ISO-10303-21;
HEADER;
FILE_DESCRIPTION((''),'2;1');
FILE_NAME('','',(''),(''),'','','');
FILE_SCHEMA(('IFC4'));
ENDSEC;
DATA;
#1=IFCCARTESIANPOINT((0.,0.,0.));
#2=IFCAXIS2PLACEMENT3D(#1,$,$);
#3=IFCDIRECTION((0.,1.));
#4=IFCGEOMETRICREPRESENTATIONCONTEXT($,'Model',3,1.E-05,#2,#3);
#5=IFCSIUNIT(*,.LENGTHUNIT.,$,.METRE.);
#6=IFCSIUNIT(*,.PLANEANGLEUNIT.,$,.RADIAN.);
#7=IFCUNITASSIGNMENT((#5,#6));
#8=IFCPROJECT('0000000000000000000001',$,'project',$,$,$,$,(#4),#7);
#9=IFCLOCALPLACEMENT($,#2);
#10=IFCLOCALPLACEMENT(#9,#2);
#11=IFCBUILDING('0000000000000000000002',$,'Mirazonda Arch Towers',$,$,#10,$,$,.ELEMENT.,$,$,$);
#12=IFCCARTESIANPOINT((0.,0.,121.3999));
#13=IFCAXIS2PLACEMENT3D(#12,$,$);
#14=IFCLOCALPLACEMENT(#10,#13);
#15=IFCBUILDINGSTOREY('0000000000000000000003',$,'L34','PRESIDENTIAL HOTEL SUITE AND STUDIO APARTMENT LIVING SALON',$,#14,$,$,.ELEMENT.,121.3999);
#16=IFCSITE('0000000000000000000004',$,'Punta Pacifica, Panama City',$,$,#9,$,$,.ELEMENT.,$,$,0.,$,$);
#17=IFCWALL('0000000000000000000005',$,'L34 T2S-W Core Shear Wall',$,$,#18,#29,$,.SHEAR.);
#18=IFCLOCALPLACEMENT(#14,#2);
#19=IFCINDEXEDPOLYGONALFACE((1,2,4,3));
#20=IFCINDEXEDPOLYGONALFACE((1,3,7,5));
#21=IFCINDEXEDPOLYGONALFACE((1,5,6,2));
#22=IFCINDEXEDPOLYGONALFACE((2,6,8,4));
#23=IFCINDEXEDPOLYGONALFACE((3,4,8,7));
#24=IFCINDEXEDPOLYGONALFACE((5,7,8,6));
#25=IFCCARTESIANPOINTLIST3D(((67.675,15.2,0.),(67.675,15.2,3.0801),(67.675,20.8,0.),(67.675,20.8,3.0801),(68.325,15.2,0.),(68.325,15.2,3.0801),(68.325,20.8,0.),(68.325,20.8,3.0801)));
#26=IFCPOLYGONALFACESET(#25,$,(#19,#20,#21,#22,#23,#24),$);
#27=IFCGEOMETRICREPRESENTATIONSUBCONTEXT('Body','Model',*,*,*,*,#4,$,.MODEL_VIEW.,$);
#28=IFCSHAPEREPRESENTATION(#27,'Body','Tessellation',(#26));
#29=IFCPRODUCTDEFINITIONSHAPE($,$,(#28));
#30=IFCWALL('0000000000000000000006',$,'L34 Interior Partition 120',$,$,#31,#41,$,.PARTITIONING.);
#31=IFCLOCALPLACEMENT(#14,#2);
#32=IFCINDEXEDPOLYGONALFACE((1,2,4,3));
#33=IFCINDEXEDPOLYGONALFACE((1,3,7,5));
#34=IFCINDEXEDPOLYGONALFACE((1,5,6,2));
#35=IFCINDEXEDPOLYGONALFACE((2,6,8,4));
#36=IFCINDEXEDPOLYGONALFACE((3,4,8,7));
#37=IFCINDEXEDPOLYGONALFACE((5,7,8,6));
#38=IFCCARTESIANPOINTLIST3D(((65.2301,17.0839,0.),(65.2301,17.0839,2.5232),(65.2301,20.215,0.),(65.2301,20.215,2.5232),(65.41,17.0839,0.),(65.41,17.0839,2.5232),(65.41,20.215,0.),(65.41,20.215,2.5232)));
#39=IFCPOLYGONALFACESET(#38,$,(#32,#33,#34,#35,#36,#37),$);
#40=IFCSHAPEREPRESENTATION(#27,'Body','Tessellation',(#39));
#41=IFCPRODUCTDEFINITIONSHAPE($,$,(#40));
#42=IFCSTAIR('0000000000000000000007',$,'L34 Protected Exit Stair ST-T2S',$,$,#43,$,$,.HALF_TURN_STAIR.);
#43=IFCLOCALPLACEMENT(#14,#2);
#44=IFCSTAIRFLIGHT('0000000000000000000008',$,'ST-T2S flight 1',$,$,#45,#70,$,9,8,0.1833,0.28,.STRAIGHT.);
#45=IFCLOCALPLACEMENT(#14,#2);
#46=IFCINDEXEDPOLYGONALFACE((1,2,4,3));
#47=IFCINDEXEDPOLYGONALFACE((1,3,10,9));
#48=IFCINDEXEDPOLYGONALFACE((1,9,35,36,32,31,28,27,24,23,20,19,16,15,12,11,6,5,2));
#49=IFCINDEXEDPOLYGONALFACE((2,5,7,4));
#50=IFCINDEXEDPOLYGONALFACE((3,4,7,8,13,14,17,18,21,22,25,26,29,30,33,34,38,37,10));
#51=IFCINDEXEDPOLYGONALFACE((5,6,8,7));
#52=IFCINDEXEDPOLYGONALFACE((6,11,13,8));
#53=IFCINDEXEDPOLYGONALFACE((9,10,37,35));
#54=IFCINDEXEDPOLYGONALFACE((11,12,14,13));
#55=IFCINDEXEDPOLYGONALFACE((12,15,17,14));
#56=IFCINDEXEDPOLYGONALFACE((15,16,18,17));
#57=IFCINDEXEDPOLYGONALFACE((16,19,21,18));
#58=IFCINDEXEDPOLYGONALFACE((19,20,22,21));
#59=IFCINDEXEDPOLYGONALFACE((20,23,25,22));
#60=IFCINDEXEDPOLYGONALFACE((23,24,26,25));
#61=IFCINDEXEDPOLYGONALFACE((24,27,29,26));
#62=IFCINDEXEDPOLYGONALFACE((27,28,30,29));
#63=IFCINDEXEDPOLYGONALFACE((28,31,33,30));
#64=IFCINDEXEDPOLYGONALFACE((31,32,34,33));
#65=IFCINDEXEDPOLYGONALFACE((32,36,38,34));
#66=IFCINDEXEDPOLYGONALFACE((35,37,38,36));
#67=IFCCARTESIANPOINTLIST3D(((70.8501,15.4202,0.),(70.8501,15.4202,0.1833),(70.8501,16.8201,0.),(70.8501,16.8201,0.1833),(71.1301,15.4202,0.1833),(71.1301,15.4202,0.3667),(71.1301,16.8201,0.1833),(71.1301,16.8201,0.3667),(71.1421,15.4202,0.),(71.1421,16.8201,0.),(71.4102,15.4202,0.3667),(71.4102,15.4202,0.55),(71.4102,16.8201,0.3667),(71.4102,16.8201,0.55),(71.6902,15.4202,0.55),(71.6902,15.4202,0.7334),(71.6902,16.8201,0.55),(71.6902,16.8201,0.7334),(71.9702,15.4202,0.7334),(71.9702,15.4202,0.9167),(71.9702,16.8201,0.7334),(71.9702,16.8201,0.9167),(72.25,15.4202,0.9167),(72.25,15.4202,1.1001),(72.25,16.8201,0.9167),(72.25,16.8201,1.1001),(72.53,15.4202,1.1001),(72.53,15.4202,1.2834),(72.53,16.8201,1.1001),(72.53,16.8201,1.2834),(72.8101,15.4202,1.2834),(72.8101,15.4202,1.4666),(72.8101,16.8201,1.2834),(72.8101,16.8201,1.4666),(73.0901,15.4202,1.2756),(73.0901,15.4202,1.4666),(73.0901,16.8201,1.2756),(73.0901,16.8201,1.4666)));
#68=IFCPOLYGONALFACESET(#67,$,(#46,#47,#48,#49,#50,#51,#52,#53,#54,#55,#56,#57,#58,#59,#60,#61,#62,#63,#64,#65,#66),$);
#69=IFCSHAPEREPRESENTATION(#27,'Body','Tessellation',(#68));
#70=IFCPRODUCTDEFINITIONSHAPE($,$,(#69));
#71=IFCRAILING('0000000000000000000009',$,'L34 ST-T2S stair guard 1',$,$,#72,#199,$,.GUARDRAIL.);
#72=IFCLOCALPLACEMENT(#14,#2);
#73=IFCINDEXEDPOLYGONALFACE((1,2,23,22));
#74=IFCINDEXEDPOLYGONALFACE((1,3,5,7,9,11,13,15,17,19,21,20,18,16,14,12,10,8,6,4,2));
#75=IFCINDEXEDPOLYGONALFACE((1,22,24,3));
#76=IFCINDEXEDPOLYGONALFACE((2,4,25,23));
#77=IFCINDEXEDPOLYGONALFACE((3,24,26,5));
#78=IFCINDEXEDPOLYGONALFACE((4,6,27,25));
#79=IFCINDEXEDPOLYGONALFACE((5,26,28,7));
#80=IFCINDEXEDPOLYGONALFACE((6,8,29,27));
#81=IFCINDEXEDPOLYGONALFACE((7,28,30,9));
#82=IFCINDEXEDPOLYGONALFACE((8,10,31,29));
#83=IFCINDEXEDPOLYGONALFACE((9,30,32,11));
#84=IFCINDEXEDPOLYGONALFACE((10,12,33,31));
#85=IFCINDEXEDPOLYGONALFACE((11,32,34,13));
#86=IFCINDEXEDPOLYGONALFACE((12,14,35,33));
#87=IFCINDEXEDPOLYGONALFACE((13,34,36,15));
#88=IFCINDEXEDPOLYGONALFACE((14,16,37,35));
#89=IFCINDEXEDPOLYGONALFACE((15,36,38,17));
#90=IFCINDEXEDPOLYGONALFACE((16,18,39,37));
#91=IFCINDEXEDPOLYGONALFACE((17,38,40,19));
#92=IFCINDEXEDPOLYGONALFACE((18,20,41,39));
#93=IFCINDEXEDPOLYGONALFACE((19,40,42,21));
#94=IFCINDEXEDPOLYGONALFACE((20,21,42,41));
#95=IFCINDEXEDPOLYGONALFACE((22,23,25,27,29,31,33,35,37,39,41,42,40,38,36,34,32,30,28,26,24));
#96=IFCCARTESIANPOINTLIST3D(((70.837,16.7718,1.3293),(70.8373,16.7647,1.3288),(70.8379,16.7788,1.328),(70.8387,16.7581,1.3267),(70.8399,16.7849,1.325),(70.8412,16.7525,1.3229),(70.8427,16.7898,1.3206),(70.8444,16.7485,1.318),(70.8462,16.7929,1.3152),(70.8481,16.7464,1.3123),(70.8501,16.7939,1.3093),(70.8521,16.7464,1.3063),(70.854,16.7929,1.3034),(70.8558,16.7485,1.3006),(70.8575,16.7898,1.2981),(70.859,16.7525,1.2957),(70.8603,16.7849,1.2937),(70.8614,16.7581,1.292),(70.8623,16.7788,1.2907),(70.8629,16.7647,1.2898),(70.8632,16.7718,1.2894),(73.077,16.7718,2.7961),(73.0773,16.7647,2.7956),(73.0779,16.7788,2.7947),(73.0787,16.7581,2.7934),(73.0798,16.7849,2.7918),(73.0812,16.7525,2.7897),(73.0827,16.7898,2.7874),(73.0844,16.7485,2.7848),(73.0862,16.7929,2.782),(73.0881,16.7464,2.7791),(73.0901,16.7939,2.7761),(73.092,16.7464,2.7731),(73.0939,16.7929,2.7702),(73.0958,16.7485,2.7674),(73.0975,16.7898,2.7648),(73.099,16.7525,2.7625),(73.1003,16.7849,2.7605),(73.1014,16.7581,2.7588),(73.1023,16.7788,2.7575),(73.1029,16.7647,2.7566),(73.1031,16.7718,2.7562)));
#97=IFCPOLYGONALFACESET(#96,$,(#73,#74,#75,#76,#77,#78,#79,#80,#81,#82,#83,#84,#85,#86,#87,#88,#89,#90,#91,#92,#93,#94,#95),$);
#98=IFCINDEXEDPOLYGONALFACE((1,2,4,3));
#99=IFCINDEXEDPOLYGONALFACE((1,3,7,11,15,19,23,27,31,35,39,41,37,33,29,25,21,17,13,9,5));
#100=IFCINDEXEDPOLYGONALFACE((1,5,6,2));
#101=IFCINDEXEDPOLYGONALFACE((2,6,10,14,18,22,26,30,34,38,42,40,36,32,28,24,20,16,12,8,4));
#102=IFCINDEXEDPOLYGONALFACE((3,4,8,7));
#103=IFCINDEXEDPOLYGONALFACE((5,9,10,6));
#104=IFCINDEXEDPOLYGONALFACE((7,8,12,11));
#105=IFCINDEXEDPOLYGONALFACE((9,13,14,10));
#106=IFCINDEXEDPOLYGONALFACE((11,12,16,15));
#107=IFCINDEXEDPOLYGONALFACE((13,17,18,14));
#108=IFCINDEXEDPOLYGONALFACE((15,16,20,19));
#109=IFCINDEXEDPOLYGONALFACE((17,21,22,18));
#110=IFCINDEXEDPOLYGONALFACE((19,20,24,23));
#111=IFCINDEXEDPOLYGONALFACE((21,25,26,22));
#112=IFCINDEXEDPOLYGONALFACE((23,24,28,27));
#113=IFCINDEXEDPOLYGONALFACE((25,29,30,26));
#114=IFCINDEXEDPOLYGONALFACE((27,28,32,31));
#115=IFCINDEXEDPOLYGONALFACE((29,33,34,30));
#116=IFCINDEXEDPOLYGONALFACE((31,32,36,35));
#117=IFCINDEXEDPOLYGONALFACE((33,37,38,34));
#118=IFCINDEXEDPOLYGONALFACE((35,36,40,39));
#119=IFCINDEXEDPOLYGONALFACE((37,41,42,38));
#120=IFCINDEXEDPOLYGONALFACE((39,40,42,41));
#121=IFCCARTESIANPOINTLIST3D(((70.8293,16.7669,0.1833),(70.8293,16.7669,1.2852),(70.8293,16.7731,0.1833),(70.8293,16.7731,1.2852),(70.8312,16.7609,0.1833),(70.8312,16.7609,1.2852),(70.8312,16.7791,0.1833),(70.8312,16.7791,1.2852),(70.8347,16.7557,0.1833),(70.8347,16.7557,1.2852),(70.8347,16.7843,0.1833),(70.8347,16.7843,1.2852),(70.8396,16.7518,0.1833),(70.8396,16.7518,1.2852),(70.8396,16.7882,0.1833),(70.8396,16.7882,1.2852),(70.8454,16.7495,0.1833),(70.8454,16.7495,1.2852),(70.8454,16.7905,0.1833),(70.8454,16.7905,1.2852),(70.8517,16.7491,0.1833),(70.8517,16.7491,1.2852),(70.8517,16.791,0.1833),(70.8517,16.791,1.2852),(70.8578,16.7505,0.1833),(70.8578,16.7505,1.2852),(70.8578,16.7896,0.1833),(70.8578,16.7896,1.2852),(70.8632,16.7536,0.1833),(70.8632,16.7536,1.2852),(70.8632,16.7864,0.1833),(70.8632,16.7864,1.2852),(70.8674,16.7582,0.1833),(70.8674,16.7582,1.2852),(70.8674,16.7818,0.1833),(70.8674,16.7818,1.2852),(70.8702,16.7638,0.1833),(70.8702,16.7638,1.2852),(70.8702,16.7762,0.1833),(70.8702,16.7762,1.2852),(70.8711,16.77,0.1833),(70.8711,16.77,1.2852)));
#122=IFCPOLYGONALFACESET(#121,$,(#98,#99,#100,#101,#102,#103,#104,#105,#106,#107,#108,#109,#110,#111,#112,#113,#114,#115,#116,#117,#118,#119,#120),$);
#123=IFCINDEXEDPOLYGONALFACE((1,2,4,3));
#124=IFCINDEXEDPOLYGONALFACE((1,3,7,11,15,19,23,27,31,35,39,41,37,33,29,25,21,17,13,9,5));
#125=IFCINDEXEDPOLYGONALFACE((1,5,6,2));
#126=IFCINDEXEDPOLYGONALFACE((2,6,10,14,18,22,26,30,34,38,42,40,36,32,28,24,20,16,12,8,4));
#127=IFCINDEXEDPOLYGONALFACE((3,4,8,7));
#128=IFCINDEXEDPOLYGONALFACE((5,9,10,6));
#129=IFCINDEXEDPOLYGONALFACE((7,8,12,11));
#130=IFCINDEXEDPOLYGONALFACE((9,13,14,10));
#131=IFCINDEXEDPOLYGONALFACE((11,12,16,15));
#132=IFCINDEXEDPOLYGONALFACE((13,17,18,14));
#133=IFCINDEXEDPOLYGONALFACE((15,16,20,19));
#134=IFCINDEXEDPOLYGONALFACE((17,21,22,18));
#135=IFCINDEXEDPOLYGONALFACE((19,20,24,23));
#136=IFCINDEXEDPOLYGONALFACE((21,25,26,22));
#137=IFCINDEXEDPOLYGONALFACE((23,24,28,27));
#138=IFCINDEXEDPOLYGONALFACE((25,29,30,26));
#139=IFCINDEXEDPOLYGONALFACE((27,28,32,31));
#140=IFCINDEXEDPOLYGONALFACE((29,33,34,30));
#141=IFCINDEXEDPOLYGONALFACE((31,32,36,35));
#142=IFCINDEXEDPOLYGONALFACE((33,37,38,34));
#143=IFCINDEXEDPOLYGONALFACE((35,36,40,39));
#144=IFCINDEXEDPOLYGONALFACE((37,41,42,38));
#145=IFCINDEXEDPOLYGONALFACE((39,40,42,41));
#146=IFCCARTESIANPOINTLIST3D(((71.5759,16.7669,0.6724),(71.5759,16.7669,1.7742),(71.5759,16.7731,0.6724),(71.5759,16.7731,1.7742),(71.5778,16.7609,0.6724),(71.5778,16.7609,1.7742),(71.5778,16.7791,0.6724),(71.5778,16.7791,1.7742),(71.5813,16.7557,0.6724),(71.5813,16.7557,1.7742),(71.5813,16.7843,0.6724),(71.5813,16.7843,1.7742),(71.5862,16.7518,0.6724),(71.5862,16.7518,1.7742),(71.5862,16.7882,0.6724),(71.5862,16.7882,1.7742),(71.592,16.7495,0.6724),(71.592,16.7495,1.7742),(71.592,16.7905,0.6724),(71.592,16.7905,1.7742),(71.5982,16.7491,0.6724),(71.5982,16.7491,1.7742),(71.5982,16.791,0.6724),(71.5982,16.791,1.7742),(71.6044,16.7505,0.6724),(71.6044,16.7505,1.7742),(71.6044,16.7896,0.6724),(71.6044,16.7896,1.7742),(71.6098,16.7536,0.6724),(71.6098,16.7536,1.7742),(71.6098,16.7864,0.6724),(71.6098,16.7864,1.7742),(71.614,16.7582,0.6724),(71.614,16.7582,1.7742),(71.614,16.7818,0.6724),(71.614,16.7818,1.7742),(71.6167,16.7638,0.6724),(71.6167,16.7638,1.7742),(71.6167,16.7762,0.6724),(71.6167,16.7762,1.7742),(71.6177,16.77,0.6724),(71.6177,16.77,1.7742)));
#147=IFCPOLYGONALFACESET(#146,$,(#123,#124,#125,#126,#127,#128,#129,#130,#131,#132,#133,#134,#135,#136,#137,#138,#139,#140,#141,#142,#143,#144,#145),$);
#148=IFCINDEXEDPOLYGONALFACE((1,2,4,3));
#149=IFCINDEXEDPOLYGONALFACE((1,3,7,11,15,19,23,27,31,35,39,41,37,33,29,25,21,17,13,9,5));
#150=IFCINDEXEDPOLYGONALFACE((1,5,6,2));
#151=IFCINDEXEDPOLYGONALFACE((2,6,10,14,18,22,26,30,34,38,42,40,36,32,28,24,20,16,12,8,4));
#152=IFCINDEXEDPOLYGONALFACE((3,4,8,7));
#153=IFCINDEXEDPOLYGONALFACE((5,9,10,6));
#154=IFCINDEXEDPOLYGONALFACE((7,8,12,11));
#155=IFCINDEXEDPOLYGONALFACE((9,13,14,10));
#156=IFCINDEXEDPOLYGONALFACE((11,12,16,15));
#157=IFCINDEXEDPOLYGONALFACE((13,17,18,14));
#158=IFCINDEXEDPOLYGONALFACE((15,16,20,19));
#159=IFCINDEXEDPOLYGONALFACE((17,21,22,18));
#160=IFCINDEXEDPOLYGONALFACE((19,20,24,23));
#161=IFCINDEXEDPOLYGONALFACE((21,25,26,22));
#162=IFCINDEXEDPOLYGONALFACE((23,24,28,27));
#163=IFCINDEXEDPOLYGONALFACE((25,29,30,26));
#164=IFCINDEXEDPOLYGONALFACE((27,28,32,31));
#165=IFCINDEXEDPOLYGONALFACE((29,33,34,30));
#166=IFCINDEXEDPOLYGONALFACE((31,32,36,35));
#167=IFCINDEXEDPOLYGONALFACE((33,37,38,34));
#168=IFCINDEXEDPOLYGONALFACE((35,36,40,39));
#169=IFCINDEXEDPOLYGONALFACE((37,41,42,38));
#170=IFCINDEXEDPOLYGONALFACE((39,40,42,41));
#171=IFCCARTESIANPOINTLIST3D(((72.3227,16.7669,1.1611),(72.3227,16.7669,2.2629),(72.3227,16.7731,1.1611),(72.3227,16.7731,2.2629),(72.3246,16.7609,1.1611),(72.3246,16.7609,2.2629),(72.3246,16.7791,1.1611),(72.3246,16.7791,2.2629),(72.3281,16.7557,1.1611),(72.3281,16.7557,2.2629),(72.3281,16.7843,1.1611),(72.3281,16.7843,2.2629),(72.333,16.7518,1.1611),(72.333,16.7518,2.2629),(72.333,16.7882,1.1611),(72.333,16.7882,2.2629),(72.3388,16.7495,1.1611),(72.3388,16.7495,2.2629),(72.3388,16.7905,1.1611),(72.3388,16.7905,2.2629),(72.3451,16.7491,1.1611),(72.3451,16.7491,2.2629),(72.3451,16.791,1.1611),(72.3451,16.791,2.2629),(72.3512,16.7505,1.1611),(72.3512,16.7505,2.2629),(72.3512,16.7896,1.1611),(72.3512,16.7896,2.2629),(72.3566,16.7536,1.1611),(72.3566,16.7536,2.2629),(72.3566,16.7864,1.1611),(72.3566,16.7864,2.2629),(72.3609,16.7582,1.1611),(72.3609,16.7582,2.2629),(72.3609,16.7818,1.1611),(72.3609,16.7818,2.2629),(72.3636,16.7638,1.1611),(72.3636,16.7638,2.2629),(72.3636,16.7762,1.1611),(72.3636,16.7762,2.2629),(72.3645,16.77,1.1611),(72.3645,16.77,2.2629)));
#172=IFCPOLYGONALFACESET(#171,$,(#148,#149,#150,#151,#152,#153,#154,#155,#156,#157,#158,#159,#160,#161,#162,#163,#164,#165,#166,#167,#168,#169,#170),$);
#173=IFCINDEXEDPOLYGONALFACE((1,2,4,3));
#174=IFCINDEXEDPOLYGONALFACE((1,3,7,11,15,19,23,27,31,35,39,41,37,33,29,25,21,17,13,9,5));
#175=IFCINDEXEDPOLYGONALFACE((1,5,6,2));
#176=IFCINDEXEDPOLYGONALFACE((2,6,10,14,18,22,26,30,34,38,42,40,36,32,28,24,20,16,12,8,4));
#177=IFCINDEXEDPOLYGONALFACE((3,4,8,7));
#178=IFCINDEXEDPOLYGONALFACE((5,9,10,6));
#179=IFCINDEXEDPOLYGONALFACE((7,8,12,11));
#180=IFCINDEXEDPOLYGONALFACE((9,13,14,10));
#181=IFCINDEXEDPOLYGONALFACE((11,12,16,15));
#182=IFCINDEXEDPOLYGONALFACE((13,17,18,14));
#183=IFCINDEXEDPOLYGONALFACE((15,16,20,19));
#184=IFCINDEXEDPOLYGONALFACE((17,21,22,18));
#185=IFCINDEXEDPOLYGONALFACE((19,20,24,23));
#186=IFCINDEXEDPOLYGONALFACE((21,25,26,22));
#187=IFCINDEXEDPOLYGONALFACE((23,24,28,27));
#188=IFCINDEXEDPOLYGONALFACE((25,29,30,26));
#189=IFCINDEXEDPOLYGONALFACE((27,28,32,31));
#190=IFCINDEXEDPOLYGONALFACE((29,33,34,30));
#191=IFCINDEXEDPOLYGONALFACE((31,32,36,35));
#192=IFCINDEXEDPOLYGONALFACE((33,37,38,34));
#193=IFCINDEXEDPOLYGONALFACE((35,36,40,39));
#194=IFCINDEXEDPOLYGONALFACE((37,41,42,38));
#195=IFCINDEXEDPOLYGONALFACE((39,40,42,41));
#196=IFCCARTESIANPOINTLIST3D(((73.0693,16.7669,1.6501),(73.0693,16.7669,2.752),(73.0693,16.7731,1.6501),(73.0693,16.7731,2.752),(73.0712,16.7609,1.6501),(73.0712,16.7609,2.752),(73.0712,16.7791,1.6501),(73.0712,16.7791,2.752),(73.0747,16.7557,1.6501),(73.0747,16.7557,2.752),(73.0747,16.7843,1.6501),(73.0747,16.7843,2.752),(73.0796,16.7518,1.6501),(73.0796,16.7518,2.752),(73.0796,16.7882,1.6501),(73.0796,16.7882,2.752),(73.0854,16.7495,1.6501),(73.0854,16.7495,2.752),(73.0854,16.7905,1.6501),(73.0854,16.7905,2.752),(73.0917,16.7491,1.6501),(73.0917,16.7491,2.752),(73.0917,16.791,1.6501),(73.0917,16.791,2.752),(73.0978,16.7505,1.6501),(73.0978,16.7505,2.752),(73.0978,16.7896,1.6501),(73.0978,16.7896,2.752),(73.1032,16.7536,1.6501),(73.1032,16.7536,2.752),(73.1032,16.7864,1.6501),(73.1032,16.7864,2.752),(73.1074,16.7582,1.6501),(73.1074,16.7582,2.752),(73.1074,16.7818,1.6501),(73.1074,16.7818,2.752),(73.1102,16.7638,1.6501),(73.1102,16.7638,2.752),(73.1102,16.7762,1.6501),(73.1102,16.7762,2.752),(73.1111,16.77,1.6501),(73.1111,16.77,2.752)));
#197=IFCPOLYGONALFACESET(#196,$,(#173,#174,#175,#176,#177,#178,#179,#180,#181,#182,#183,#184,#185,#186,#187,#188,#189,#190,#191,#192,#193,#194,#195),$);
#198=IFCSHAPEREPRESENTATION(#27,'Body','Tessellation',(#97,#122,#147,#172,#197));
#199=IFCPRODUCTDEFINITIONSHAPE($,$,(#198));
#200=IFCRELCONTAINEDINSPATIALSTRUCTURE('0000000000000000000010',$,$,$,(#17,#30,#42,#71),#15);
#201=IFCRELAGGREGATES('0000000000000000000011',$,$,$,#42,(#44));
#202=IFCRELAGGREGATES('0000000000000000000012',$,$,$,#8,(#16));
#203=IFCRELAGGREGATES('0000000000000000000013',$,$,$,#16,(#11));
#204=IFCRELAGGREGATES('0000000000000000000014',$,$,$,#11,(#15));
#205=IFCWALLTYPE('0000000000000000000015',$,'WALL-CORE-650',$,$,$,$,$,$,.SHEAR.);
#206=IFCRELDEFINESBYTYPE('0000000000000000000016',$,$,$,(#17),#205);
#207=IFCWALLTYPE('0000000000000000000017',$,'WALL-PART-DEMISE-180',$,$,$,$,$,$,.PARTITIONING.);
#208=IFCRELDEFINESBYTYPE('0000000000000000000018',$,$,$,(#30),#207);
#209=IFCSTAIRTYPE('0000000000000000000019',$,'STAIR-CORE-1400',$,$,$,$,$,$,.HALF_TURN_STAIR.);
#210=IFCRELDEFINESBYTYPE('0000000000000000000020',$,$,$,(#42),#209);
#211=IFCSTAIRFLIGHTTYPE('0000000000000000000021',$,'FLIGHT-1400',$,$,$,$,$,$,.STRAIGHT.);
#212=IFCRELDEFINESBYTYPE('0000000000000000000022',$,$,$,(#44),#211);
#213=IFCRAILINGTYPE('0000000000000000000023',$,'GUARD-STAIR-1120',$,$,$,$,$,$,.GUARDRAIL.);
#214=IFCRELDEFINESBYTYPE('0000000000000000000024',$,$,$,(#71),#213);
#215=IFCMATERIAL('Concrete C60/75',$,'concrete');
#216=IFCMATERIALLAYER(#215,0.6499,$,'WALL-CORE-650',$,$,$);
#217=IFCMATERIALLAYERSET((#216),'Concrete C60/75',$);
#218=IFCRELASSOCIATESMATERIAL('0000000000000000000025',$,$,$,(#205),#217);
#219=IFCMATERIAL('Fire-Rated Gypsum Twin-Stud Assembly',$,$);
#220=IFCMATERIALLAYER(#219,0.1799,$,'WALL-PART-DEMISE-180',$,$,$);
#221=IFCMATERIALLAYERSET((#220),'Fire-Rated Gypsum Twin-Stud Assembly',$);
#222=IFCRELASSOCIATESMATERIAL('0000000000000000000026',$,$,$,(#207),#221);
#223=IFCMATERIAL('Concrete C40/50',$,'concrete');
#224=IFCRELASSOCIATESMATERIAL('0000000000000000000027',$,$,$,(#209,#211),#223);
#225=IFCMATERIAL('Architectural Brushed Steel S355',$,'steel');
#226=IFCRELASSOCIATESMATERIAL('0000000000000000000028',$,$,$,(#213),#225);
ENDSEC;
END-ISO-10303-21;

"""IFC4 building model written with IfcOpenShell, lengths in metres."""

from ifc_helpers import new_model, si_unit, direction, frame, frame_2d, origin, origin_2d, place, context, subcontext, project, spatial, polyline, rectangle, circle, outline, extrude, material, layer, layer_set, type_object, element, aggregate, save


model = new_model("IFC4")

# Units and contexts
model_context = context("Model", 3, precision=1e-05, world=origin(), true_north=direction((0.0, 1.0)))
body_context = subcontext(model_context, "Body", "Model", "MODEL_VIEW")
ifc_project = project(units=[si_unit("LENGTHUNIT", "METRE"), si_unit("PLANEANGLEUNIT", "RADIAN")], contexts=[model_context])

# Site, building, storey
site_placement = place(None, origin())
site = spatial("IfcSite", under=ifc_project, at=site_placement, Name="Punta Pacifica, Panama City", CompositionType="ELEMENT", RefElevation=0.0)
building_placement = place(site_placement, origin())
building = spatial("IfcBuilding", under=site, at=building_placement, Name="Mirazonda Arch Towers", CompositionType="ELEMENT")
storey_placement = place(building_placement, frame((0.0, 0.0, 121.3999)))
storey = spatial("IfcBuildingStorey", under=building, at=storey_placement, Name="L34", Description="PRESIDENTIAL HOTEL SUITE AND STUDIO APARTMENT LIVING SALON", CompositionType="ELEMENT", Elevation=121.3999)

# Shared definitions
ifc_material_1 = material(Name="Architectural Brushed Steel S355", Category="steel")

# Walls
ifc_material_2 = material(Name="Concrete C60/75", Category="concrete")
ifc_layer_1 = layer(ifc_material_2, 0.6499, Name="WALL-CORE-650")
ifc_layer_set_1 = layer_set([ifc_layer_1], Name="Concrete C60/75")
wall_type_1 = type_object("IfcWallType", Name="WALL-CORE-650", PredefinedType="SHEAR", material=ifc_layer_set_1)
wall_1_placement = place(storey_placement, frame((68.0, 15.2, 0.0), z_axis=(0.0, 0.0, 1.0), x_axis=(0.0, 1.0, 0.0)))
element("IfcWall", 1, at=wall_1_placement, inside=storey, type_object=wall_type_1, Name="L34 T2S-W Core Shear Wall", PredefinedType="SHEAR", context=body_context, shape_type="SweptSolid", body=[
    extrude(rectangle(XDim=5.6001, YDim=0.6499, at=frame_2d((2.8, 0.0))), origin(), (0.0, 0.0, 1.0), 3.0801),
])
ifc_material_3 = material(Name="Fire-Rated Gypsum Twin-Stud Assembly")
ifc_layer_2 = layer(ifc_material_3, 0.1799, Name="WALL-PART-DEMISE-180")
ifc_layer_set_2 = layer_set([ifc_layer_2], Name="Fire-Rated Gypsum Twin-Stud Assembly")
wall_type_2 = type_object("IfcWallType", Name="WALL-PART-DEMISE-180", PredefinedType="PARTITIONING", material=ifc_layer_set_2)
wall_2_placement = place(storey_placement, frame((65.3201, 17.084, 0.0), z_axis=(0.0, 0.0, 1.0), x_axis=(0.0, 1.0, 0.0)))
element("IfcWall", 2, at=wall_2_placement, inside=storey, type_object=wall_type_2, Name="L34 Interior Partition 120", PredefinedType="PARTITIONING", context=body_context, shape_type="SweptSolid", body=[
    extrude(rectangle(XDim=3.1311, YDim=0.1799, at=frame_2d((1.5654, 0.0))), origin(), (0.0, 0.0, 1.0), 2.5232),
])

# Stair, stair flight
ifc_material_4 = material(Name="Concrete C40/50", Category="concrete")
stair_type = type_object("IfcStairType", Name="STAIR-CORE-1400", PredefinedType="HALF_TURN_STAIR", material=ifc_material_4)
stair_placement = place(storey_placement, origin())
stair = element("IfcStair", 3, at=stair_placement, inside=storey, type_object=stair_type, Name="L34 Protected Exit Stair ST-T2S", PredefinedType="HALF_TURN_STAIR")
stair_flight_type = type_object("IfcStairFlightType", Name="FLIGHT-1400", PredefinedType="STRAIGHT", material=ifc_material_4)
stair_flight_placement = place(storey_placement, frame((70.8501, 16.1201, 0.0), z_axis=(0.0, 0.0, 1.0), x_axis=(1.0, 0.0, 0.0)))
stair_flight = element("IfcStairFlight", 4, at=stair_flight_placement, type_object=stair_flight_type, Name="ST-T2S flight 1", NumberOfRisers=9, NumberOfTreads=8, PredefinedType="STRAIGHT", RiserHeight=0.1833, TreadLength=0.28, context=body_context, shape_type="SweptSolid", body=[
    extrude(outline(polyline([(0.0, 0.0), (0.0, 0.1833), (0.28, 0.1833), (0.28, 0.3667), (0.5601, 0.3667), (0.5601, 0.55), (0.8401, 0.55), (0.8401, 0.7334), (1.1201, 0.7334), (1.1201, 0.9167), (1.3999, 0.9167), (1.3999, 1.1001), (1.6799, 1.1001), (1.6799, 1.2834), (1.96, 1.2834), (1.96, 1.4666), (2.24, 1.4666), (2.24, 1.6499), (2.24, 1.2756), (0.292, 0.0), (0.0, 0.0)])), frame((0.0, 0.7, 0.0), z_axis=(0.0, -1.0, 0.0), x_axis=(1.0, 0.0, 0.0)), (0.0, 0.0, 1.0), 1.3999),
])
aggregate(stair, [stair_flight])

# Railing
railing_type = type_object("IfcRailingType", Name="GUARD-STAIR-1120", PredefinedType="GUARDRAIL", material=ifc_material_1)
railing_1_placement = place(storey_placement, frame((70.8501, 16.77, 0.1833)))
element("IfcRailing", 5, at=railing_1_placement, inside=storey, type_object=railing_type, Name="L34 ST-T2S stair guard 1", PredefinedType="GUARDRAIL", context=body_context, shape_type="SweptSolid", body=[
    extrude(circle(Radius=0.0239, at=origin_2d()), frame((0.0, 0.0, 1.126), z_axis=(0.836595, 0.0, 0.547822), x_axis=(0.0, 1.0, 0.0)), (0.0, 0.0, 1.0), 2.6775),
    extrude(circle(Radius=0.021, at=origin_2d()), origin(), (0.0, 0.0, 1.0), 1.1018),
    extrude(circle(Radius=0.021, at=origin_2d()), frame((0.7466, 0.0, 0.489)), (0.0, 0.0, 1.0), 1.1018),
    extrude(circle(Radius=0.021, at=origin_2d()), frame((1.4934, 0.0, 0.9778)), (0.0, 0.0, 1.0), 1.1018),
    extrude(circle(Radius=0.021, at=origin_2d()), frame((2.24, 0.0, 1.4668)), (0.0, 0.0, 1.0), 1.1018),
])

save(model, "model.ifc")
